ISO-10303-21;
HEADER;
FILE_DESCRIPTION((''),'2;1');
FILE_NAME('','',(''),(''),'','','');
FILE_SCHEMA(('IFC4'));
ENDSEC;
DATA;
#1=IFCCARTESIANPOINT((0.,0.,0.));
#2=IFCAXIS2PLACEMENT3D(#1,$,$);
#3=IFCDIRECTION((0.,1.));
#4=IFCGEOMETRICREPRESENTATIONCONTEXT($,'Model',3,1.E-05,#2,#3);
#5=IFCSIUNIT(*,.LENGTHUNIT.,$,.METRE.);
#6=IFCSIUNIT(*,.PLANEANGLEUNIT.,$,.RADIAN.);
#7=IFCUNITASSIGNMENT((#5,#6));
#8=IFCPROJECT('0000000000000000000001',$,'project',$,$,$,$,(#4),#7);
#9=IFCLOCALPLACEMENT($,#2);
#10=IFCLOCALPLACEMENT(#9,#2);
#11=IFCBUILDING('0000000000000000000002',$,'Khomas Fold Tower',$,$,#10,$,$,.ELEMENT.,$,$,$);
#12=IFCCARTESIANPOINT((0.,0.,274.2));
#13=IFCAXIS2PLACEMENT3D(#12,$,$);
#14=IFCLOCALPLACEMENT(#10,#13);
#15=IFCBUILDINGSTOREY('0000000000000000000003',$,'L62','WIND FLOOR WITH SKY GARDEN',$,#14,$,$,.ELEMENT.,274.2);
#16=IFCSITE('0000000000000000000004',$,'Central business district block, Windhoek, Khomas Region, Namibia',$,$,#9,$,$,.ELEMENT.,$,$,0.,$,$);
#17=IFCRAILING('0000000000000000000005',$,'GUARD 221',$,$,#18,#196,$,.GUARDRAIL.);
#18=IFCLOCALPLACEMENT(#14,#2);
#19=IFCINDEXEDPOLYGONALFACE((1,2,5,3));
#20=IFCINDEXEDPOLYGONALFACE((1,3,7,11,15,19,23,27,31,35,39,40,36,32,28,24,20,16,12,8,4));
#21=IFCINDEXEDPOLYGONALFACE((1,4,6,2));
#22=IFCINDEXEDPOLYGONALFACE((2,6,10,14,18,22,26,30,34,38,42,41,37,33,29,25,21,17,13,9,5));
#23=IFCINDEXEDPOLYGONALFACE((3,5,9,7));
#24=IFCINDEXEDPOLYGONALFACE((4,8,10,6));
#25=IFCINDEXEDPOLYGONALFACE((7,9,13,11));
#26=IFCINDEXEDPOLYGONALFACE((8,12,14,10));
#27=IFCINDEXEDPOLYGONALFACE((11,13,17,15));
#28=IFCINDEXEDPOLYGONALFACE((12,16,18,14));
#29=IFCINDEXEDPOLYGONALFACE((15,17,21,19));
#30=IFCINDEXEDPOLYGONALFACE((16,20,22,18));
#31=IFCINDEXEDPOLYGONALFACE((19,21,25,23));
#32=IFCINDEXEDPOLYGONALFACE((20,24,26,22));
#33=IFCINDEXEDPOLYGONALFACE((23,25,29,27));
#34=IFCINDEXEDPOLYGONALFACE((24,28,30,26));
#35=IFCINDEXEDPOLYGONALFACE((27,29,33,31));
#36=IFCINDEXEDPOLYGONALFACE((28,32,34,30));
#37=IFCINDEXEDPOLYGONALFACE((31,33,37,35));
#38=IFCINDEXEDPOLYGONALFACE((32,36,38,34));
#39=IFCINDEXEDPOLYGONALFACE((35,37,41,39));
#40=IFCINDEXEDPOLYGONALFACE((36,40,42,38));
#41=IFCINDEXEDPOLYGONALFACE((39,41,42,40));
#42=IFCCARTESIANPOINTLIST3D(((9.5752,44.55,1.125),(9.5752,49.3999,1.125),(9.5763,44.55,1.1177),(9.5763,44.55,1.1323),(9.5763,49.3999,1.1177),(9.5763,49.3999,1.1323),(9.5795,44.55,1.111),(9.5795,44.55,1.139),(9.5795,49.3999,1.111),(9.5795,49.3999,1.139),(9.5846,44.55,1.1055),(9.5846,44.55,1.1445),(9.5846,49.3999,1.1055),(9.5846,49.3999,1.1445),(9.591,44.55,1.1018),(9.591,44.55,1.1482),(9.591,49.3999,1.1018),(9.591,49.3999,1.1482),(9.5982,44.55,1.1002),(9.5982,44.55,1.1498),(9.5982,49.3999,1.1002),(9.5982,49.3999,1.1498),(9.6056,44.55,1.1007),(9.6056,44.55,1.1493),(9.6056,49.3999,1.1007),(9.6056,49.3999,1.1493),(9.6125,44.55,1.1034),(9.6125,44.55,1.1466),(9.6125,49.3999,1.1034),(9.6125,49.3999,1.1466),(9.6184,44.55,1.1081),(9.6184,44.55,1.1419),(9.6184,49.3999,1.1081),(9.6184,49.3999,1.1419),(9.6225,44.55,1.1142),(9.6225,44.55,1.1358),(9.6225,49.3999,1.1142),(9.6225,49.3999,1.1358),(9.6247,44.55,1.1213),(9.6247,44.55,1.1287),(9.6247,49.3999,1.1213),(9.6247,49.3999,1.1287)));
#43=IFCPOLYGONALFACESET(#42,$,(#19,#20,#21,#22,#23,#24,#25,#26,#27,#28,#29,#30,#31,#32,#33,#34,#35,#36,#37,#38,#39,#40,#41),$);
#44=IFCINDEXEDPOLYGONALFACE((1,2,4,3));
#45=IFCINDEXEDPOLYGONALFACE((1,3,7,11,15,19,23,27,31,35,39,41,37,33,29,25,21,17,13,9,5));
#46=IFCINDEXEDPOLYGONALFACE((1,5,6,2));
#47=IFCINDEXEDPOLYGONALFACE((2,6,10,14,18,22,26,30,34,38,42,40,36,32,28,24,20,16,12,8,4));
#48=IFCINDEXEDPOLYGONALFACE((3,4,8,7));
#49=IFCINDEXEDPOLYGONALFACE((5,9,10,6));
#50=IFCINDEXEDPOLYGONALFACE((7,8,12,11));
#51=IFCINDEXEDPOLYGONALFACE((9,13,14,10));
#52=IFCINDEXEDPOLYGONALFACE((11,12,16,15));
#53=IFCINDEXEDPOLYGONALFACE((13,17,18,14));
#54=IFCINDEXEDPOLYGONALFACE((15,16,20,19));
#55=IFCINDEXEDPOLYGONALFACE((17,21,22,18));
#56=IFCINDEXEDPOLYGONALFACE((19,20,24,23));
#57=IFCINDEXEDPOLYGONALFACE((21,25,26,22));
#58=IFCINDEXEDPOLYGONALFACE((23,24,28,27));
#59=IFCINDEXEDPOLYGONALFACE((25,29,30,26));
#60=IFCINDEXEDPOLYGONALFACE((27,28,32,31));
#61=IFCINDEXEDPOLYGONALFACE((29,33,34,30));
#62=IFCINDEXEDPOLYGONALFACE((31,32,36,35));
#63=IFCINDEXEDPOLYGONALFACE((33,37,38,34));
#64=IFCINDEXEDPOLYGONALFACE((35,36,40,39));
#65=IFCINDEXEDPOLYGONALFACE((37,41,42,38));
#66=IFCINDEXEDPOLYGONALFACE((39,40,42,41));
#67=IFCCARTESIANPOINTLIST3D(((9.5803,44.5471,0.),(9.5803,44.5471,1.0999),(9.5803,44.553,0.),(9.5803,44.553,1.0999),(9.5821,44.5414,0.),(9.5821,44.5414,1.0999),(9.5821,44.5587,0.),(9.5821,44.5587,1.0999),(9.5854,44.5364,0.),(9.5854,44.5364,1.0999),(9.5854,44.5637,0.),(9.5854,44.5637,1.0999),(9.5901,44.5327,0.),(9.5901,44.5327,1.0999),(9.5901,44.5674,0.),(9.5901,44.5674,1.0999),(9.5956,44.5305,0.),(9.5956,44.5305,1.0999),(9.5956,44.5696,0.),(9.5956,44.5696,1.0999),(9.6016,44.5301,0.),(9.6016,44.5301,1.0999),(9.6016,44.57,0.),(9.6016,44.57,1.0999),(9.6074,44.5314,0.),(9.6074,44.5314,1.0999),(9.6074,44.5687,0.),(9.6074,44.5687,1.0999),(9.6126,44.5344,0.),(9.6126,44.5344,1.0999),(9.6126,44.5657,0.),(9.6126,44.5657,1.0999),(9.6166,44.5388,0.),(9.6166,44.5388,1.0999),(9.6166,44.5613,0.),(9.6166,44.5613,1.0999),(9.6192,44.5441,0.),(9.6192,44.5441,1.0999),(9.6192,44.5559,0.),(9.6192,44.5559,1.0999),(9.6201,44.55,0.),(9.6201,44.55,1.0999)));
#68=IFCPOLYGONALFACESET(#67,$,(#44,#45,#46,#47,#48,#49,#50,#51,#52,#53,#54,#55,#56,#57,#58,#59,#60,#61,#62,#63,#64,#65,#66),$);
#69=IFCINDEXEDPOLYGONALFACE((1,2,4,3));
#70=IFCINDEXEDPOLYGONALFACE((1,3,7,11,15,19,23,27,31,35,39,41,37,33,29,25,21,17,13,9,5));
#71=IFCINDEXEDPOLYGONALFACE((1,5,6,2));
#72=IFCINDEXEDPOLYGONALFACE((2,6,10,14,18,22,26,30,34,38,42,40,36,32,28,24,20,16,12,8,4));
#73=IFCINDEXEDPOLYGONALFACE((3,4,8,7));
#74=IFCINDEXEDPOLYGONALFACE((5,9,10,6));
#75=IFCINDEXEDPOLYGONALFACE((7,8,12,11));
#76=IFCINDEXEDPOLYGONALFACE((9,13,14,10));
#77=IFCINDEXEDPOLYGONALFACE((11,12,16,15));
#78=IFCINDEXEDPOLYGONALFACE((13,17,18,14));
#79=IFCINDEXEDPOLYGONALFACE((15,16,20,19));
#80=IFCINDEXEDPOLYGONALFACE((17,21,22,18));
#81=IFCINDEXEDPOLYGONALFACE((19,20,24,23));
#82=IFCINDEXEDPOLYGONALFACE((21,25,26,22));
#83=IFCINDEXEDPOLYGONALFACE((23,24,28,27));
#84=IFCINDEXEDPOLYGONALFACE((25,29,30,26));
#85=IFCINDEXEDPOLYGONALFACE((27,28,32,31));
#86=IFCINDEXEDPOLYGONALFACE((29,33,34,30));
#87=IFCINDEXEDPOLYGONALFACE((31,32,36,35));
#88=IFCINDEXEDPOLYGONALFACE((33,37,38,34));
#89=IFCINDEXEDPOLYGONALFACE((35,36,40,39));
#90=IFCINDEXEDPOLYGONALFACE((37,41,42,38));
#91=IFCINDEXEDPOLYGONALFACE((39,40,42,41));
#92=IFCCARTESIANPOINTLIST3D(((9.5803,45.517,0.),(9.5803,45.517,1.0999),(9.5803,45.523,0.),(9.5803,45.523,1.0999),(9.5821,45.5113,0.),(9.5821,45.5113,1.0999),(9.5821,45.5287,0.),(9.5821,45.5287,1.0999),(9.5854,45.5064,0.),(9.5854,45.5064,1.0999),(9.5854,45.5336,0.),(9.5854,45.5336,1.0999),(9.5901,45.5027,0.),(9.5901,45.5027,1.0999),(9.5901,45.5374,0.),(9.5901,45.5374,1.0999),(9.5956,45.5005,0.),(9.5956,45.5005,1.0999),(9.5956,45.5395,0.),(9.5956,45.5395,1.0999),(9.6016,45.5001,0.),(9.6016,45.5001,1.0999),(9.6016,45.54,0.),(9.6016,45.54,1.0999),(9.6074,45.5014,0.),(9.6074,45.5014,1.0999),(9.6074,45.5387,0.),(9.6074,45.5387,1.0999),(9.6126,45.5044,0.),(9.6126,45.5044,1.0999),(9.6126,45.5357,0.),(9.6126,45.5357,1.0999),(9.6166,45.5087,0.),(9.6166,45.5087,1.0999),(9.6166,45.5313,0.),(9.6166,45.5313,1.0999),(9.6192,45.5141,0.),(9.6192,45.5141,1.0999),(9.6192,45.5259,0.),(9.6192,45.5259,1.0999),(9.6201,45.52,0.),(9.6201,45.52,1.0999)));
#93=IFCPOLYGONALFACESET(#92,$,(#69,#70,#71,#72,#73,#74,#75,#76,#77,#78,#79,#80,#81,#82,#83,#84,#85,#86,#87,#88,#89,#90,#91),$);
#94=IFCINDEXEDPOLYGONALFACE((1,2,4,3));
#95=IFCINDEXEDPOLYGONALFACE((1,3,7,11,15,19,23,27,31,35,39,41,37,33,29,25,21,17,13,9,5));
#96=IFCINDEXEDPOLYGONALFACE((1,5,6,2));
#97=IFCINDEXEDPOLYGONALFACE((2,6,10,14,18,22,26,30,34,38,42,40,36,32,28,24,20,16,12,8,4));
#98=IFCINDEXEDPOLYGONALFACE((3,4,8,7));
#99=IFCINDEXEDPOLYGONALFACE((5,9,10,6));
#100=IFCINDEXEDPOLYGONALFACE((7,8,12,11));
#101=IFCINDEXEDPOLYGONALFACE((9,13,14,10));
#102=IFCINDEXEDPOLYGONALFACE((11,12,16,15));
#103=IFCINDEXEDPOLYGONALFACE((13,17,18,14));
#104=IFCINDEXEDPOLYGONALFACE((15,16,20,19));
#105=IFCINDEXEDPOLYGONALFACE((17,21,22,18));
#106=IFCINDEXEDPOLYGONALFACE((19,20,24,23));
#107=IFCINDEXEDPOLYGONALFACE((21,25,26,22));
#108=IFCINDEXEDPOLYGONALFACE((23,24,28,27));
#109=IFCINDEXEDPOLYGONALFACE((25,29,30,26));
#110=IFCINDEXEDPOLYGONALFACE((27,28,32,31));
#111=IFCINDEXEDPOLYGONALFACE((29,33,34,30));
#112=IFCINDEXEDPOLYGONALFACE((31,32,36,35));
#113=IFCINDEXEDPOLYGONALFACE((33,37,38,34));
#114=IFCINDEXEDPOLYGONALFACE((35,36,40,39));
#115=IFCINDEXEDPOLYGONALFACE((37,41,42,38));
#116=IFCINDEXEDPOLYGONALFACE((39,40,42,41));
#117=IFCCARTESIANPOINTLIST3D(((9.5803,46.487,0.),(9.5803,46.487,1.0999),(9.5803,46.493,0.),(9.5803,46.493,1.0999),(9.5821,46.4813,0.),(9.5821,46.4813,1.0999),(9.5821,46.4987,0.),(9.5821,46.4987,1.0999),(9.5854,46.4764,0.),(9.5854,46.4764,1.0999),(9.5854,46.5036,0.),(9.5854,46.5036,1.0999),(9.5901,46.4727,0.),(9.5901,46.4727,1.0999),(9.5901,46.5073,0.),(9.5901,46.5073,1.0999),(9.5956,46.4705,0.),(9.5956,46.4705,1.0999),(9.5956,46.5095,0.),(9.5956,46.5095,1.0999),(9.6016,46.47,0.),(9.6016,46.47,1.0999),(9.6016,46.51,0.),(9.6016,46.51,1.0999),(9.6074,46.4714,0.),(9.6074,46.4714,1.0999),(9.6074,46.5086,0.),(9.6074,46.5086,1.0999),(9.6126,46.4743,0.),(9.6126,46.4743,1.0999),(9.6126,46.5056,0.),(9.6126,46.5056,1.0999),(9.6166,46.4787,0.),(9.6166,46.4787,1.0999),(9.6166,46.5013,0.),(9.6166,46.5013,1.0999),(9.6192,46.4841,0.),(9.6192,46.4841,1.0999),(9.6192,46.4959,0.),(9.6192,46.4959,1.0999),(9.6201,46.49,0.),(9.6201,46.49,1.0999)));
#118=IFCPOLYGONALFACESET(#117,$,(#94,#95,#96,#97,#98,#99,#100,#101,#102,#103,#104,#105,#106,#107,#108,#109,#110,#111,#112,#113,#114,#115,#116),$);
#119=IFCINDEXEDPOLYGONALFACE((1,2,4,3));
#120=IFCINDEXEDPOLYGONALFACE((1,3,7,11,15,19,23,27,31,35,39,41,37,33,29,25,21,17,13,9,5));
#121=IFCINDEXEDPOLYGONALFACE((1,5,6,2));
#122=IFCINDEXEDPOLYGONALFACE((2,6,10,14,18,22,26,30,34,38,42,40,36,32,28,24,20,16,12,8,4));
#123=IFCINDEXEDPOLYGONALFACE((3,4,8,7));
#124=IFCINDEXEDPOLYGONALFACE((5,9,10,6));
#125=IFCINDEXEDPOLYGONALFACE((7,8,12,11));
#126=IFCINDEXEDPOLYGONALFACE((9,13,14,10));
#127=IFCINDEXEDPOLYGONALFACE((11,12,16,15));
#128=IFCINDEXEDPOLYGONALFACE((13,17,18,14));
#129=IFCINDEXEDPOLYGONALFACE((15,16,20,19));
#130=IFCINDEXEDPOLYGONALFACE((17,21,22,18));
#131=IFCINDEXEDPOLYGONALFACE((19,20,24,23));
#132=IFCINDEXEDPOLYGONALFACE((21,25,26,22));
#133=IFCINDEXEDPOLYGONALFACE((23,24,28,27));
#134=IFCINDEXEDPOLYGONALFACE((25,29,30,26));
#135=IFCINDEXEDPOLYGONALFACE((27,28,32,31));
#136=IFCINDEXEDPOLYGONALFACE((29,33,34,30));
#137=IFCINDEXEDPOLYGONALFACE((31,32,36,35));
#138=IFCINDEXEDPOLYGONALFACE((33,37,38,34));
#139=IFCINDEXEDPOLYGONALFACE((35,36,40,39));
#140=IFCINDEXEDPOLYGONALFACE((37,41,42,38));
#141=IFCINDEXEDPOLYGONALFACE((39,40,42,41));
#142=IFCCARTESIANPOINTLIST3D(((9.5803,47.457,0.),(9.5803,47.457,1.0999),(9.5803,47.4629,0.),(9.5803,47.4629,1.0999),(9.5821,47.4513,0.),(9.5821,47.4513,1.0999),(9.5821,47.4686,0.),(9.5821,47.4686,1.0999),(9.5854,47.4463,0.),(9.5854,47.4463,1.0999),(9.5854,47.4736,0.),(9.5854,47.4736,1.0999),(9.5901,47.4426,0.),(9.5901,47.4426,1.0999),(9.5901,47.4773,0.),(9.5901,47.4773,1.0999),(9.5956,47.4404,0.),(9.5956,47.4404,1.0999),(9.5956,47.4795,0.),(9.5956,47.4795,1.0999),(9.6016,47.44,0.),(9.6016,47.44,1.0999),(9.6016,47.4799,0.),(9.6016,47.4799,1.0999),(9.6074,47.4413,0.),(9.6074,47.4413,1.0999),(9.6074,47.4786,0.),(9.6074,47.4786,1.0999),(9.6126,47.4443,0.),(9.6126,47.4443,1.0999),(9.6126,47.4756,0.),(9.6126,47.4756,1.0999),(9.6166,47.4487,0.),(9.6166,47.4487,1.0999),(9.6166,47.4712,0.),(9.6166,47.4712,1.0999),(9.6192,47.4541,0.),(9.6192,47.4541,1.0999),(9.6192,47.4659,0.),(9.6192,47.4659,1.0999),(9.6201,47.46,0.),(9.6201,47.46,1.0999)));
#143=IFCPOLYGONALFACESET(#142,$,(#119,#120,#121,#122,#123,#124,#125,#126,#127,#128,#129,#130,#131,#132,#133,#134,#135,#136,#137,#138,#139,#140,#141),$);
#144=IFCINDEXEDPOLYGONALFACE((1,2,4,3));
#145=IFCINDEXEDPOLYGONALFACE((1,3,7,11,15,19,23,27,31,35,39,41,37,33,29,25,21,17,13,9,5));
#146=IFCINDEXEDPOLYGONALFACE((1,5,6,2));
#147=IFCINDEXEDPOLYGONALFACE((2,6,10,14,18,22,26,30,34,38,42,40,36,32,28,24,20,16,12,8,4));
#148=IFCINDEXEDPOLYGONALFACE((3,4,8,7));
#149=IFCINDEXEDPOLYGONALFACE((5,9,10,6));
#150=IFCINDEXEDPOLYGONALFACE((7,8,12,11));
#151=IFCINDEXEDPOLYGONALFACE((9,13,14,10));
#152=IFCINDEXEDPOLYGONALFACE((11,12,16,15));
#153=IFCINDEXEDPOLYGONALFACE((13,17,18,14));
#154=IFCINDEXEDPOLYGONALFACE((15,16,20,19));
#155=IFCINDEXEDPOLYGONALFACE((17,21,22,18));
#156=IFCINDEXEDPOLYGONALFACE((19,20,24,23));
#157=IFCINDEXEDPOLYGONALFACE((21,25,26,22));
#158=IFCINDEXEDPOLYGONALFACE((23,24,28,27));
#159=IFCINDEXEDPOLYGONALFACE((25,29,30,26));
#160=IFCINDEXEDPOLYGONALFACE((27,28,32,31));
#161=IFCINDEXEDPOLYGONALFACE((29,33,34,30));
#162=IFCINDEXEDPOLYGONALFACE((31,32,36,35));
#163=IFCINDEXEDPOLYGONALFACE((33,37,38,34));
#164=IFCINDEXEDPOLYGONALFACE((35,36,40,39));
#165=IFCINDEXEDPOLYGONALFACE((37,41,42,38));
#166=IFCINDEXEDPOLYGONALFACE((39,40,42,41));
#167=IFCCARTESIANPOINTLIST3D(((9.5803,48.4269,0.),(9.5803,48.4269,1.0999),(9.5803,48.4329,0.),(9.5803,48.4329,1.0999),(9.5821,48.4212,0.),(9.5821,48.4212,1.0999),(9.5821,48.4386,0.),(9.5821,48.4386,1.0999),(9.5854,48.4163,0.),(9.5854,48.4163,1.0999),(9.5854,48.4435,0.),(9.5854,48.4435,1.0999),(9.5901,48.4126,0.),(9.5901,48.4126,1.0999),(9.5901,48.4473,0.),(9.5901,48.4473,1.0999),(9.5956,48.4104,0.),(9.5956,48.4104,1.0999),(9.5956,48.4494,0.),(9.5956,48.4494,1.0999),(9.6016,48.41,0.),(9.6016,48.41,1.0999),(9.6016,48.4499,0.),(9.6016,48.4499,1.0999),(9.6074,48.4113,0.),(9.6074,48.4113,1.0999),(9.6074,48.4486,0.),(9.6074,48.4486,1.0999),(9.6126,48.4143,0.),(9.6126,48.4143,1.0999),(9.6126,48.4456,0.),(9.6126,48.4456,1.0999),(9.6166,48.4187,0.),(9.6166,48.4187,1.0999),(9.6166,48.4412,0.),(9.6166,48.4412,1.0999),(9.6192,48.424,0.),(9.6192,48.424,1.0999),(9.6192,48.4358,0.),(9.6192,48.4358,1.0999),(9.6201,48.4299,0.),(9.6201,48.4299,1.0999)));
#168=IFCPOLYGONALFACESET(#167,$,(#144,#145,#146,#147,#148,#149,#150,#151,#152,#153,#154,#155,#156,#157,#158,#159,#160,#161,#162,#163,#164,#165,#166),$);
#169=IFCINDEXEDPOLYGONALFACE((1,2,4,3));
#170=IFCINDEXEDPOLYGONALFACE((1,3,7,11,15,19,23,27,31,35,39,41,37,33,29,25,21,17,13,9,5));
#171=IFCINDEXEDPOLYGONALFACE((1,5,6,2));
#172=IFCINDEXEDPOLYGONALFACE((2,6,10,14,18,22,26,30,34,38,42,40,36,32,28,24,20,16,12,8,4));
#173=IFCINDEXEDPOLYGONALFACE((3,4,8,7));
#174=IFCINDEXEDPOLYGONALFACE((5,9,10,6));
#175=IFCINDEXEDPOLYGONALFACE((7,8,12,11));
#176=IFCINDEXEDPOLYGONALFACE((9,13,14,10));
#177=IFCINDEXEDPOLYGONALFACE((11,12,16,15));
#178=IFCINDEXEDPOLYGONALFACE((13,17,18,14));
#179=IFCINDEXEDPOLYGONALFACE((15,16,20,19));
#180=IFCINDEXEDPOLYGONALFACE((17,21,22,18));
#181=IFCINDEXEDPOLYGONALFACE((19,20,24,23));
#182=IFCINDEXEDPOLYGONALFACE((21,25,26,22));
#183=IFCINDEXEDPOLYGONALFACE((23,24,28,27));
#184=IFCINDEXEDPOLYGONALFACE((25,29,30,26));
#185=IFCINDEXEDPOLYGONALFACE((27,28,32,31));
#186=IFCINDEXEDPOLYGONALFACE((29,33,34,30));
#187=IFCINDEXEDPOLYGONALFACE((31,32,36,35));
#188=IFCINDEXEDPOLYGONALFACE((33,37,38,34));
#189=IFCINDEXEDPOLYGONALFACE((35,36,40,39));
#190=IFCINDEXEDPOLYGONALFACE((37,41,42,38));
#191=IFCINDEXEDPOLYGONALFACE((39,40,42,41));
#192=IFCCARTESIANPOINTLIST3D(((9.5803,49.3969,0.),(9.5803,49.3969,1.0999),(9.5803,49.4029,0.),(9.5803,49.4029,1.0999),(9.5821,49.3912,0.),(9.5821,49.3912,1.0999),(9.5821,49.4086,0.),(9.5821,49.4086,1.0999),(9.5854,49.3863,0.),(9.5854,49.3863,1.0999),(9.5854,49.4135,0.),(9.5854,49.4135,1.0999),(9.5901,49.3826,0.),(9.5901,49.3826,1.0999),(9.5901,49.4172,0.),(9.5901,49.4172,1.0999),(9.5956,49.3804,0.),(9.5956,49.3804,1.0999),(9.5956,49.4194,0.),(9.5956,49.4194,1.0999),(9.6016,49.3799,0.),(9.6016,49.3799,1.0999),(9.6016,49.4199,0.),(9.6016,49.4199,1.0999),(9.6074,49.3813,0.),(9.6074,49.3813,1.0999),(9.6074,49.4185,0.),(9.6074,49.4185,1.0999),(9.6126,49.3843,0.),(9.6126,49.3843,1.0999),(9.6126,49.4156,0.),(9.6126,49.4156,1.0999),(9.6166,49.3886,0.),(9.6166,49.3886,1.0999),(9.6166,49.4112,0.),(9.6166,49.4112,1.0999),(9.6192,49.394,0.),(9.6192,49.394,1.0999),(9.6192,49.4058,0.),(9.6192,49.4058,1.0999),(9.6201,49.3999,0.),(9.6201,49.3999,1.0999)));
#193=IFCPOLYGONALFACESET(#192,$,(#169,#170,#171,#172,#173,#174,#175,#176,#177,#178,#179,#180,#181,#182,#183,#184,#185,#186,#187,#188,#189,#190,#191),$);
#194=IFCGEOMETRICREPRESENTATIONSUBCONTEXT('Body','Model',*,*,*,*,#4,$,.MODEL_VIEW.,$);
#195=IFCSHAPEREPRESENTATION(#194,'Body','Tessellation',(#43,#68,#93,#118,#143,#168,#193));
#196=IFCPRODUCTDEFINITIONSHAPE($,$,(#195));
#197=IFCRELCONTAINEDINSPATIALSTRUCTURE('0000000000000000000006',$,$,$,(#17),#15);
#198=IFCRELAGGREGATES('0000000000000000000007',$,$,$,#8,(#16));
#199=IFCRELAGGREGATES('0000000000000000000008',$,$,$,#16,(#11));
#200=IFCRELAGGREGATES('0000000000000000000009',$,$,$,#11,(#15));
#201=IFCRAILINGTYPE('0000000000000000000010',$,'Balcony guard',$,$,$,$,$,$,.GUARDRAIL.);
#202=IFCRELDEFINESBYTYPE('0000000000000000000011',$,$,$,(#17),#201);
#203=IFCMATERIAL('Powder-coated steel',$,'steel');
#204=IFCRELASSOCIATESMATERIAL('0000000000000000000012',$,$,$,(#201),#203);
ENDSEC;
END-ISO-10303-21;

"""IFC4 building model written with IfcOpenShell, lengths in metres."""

from ifc_helpers import new_model, si_unit, direction, frame, origin, origin_2d, place, context, subcontext, project, spatial, circle, extrude, source, transform, mapped, material, type_object, element, save


model = new_model("IFC4")

# Units and contexts
model_context = context("Model", 3, precision=1e-05, world=origin(), true_north=direction((0.0, 1.0)))
body_context = subcontext(model_context, "Body", "Model", "MODEL_VIEW")
ifc_project = project(units=[si_unit("LENGTHUNIT", "METRE"), si_unit("PLANEANGLEUNIT", "RADIAN")], contexts=[model_context])

# Site, building, storey
site_placement = place(None, origin())
site = spatial("IfcSite", under=ifc_project, at=site_placement, Name="Central business district block, Windhoek, Khomas Region, Namibia", CompositionType="ELEMENT", RefElevation=0.0)
building_placement = place(site_placement, origin())
building = spatial("IfcBuilding", under=site, at=building_placement, Name="Khomas Fold Tower", CompositionType="ELEMENT")
storey_placement = place(building_placement, frame((0.0, 0.0, 274.2)))
storey = spatial("IfcBuildingStorey", under=building, at=storey_placement, Name="L62", Description="WIND FLOOR WITH SKY GARDEN", CompositionType="ELEMENT", Elevation=274.2)

# Railing
ifc_material_1 = material(Name="Powder-coated steel", Category="steel")
railing_type = type_object("IfcRailingType", Name="Balcony guard", PredefinedType="GUARDRAIL", material=ifc_material_1)
shared_shape_1 = source(origin(), body_context, "Body", "SweptSolid", [
    extrude(circle(Radius=0.0249, at=origin_2d()), frame((0.0, 0.0, 1.125), z_axis=(0.0, 1.0, 0.0), x_axis=(-1.0, 0.0, 0.0)), (0.0, 0.0, 1.0), 4.8499),
    extrude(circle(Radius=0.02, at=origin_2d()), origin(), (0.0, 0.0, 1.0), 1.0999),
    extrude(circle(Radius=0.02, at=origin_2d()), frame((0.0, 0.97, 0.0)), (0.0, 0.0, 1.0), 1.0999),
    extrude(circle(Radius=0.02, at=origin_2d()), frame((0.0, 1.9399, 0.0)), (0.0, 0.0, 1.0), 1.0999),
    extrude(circle(Radius=0.02, at=origin_2d()), frame((0.0, 2.9099, 0.0)), (0.0, 0.0, 1.0), 1.0999),
    extrude(circle(Radius=0.02, at=origin_2d()), frame((0.0, 3.8799, 0.0)), (0.0, 0.0, 1.0), 1.0999),
    extrude(circle(Radius=0.02, at=origin_2d()), frame((0.0, 4.8499, 0.0)), (0.0, 0.0, 1.0), 1.0999),
])
railing_1_placement = place(storey_placement, frame((9.6001, 44.55, 0.0)))
element("IfcRailing", 1, at=railing_1_placement, inside=storey, type_object=railing_type, Name="GUARD 221", PredefinedType="GUARDRAIL", context=body_context, shape_type="MappedRepresentation", body=[
    mapped(shared_shape_1, transform((0.0, 0.0, 0.0))),
])

save(model, "model.ifc")
